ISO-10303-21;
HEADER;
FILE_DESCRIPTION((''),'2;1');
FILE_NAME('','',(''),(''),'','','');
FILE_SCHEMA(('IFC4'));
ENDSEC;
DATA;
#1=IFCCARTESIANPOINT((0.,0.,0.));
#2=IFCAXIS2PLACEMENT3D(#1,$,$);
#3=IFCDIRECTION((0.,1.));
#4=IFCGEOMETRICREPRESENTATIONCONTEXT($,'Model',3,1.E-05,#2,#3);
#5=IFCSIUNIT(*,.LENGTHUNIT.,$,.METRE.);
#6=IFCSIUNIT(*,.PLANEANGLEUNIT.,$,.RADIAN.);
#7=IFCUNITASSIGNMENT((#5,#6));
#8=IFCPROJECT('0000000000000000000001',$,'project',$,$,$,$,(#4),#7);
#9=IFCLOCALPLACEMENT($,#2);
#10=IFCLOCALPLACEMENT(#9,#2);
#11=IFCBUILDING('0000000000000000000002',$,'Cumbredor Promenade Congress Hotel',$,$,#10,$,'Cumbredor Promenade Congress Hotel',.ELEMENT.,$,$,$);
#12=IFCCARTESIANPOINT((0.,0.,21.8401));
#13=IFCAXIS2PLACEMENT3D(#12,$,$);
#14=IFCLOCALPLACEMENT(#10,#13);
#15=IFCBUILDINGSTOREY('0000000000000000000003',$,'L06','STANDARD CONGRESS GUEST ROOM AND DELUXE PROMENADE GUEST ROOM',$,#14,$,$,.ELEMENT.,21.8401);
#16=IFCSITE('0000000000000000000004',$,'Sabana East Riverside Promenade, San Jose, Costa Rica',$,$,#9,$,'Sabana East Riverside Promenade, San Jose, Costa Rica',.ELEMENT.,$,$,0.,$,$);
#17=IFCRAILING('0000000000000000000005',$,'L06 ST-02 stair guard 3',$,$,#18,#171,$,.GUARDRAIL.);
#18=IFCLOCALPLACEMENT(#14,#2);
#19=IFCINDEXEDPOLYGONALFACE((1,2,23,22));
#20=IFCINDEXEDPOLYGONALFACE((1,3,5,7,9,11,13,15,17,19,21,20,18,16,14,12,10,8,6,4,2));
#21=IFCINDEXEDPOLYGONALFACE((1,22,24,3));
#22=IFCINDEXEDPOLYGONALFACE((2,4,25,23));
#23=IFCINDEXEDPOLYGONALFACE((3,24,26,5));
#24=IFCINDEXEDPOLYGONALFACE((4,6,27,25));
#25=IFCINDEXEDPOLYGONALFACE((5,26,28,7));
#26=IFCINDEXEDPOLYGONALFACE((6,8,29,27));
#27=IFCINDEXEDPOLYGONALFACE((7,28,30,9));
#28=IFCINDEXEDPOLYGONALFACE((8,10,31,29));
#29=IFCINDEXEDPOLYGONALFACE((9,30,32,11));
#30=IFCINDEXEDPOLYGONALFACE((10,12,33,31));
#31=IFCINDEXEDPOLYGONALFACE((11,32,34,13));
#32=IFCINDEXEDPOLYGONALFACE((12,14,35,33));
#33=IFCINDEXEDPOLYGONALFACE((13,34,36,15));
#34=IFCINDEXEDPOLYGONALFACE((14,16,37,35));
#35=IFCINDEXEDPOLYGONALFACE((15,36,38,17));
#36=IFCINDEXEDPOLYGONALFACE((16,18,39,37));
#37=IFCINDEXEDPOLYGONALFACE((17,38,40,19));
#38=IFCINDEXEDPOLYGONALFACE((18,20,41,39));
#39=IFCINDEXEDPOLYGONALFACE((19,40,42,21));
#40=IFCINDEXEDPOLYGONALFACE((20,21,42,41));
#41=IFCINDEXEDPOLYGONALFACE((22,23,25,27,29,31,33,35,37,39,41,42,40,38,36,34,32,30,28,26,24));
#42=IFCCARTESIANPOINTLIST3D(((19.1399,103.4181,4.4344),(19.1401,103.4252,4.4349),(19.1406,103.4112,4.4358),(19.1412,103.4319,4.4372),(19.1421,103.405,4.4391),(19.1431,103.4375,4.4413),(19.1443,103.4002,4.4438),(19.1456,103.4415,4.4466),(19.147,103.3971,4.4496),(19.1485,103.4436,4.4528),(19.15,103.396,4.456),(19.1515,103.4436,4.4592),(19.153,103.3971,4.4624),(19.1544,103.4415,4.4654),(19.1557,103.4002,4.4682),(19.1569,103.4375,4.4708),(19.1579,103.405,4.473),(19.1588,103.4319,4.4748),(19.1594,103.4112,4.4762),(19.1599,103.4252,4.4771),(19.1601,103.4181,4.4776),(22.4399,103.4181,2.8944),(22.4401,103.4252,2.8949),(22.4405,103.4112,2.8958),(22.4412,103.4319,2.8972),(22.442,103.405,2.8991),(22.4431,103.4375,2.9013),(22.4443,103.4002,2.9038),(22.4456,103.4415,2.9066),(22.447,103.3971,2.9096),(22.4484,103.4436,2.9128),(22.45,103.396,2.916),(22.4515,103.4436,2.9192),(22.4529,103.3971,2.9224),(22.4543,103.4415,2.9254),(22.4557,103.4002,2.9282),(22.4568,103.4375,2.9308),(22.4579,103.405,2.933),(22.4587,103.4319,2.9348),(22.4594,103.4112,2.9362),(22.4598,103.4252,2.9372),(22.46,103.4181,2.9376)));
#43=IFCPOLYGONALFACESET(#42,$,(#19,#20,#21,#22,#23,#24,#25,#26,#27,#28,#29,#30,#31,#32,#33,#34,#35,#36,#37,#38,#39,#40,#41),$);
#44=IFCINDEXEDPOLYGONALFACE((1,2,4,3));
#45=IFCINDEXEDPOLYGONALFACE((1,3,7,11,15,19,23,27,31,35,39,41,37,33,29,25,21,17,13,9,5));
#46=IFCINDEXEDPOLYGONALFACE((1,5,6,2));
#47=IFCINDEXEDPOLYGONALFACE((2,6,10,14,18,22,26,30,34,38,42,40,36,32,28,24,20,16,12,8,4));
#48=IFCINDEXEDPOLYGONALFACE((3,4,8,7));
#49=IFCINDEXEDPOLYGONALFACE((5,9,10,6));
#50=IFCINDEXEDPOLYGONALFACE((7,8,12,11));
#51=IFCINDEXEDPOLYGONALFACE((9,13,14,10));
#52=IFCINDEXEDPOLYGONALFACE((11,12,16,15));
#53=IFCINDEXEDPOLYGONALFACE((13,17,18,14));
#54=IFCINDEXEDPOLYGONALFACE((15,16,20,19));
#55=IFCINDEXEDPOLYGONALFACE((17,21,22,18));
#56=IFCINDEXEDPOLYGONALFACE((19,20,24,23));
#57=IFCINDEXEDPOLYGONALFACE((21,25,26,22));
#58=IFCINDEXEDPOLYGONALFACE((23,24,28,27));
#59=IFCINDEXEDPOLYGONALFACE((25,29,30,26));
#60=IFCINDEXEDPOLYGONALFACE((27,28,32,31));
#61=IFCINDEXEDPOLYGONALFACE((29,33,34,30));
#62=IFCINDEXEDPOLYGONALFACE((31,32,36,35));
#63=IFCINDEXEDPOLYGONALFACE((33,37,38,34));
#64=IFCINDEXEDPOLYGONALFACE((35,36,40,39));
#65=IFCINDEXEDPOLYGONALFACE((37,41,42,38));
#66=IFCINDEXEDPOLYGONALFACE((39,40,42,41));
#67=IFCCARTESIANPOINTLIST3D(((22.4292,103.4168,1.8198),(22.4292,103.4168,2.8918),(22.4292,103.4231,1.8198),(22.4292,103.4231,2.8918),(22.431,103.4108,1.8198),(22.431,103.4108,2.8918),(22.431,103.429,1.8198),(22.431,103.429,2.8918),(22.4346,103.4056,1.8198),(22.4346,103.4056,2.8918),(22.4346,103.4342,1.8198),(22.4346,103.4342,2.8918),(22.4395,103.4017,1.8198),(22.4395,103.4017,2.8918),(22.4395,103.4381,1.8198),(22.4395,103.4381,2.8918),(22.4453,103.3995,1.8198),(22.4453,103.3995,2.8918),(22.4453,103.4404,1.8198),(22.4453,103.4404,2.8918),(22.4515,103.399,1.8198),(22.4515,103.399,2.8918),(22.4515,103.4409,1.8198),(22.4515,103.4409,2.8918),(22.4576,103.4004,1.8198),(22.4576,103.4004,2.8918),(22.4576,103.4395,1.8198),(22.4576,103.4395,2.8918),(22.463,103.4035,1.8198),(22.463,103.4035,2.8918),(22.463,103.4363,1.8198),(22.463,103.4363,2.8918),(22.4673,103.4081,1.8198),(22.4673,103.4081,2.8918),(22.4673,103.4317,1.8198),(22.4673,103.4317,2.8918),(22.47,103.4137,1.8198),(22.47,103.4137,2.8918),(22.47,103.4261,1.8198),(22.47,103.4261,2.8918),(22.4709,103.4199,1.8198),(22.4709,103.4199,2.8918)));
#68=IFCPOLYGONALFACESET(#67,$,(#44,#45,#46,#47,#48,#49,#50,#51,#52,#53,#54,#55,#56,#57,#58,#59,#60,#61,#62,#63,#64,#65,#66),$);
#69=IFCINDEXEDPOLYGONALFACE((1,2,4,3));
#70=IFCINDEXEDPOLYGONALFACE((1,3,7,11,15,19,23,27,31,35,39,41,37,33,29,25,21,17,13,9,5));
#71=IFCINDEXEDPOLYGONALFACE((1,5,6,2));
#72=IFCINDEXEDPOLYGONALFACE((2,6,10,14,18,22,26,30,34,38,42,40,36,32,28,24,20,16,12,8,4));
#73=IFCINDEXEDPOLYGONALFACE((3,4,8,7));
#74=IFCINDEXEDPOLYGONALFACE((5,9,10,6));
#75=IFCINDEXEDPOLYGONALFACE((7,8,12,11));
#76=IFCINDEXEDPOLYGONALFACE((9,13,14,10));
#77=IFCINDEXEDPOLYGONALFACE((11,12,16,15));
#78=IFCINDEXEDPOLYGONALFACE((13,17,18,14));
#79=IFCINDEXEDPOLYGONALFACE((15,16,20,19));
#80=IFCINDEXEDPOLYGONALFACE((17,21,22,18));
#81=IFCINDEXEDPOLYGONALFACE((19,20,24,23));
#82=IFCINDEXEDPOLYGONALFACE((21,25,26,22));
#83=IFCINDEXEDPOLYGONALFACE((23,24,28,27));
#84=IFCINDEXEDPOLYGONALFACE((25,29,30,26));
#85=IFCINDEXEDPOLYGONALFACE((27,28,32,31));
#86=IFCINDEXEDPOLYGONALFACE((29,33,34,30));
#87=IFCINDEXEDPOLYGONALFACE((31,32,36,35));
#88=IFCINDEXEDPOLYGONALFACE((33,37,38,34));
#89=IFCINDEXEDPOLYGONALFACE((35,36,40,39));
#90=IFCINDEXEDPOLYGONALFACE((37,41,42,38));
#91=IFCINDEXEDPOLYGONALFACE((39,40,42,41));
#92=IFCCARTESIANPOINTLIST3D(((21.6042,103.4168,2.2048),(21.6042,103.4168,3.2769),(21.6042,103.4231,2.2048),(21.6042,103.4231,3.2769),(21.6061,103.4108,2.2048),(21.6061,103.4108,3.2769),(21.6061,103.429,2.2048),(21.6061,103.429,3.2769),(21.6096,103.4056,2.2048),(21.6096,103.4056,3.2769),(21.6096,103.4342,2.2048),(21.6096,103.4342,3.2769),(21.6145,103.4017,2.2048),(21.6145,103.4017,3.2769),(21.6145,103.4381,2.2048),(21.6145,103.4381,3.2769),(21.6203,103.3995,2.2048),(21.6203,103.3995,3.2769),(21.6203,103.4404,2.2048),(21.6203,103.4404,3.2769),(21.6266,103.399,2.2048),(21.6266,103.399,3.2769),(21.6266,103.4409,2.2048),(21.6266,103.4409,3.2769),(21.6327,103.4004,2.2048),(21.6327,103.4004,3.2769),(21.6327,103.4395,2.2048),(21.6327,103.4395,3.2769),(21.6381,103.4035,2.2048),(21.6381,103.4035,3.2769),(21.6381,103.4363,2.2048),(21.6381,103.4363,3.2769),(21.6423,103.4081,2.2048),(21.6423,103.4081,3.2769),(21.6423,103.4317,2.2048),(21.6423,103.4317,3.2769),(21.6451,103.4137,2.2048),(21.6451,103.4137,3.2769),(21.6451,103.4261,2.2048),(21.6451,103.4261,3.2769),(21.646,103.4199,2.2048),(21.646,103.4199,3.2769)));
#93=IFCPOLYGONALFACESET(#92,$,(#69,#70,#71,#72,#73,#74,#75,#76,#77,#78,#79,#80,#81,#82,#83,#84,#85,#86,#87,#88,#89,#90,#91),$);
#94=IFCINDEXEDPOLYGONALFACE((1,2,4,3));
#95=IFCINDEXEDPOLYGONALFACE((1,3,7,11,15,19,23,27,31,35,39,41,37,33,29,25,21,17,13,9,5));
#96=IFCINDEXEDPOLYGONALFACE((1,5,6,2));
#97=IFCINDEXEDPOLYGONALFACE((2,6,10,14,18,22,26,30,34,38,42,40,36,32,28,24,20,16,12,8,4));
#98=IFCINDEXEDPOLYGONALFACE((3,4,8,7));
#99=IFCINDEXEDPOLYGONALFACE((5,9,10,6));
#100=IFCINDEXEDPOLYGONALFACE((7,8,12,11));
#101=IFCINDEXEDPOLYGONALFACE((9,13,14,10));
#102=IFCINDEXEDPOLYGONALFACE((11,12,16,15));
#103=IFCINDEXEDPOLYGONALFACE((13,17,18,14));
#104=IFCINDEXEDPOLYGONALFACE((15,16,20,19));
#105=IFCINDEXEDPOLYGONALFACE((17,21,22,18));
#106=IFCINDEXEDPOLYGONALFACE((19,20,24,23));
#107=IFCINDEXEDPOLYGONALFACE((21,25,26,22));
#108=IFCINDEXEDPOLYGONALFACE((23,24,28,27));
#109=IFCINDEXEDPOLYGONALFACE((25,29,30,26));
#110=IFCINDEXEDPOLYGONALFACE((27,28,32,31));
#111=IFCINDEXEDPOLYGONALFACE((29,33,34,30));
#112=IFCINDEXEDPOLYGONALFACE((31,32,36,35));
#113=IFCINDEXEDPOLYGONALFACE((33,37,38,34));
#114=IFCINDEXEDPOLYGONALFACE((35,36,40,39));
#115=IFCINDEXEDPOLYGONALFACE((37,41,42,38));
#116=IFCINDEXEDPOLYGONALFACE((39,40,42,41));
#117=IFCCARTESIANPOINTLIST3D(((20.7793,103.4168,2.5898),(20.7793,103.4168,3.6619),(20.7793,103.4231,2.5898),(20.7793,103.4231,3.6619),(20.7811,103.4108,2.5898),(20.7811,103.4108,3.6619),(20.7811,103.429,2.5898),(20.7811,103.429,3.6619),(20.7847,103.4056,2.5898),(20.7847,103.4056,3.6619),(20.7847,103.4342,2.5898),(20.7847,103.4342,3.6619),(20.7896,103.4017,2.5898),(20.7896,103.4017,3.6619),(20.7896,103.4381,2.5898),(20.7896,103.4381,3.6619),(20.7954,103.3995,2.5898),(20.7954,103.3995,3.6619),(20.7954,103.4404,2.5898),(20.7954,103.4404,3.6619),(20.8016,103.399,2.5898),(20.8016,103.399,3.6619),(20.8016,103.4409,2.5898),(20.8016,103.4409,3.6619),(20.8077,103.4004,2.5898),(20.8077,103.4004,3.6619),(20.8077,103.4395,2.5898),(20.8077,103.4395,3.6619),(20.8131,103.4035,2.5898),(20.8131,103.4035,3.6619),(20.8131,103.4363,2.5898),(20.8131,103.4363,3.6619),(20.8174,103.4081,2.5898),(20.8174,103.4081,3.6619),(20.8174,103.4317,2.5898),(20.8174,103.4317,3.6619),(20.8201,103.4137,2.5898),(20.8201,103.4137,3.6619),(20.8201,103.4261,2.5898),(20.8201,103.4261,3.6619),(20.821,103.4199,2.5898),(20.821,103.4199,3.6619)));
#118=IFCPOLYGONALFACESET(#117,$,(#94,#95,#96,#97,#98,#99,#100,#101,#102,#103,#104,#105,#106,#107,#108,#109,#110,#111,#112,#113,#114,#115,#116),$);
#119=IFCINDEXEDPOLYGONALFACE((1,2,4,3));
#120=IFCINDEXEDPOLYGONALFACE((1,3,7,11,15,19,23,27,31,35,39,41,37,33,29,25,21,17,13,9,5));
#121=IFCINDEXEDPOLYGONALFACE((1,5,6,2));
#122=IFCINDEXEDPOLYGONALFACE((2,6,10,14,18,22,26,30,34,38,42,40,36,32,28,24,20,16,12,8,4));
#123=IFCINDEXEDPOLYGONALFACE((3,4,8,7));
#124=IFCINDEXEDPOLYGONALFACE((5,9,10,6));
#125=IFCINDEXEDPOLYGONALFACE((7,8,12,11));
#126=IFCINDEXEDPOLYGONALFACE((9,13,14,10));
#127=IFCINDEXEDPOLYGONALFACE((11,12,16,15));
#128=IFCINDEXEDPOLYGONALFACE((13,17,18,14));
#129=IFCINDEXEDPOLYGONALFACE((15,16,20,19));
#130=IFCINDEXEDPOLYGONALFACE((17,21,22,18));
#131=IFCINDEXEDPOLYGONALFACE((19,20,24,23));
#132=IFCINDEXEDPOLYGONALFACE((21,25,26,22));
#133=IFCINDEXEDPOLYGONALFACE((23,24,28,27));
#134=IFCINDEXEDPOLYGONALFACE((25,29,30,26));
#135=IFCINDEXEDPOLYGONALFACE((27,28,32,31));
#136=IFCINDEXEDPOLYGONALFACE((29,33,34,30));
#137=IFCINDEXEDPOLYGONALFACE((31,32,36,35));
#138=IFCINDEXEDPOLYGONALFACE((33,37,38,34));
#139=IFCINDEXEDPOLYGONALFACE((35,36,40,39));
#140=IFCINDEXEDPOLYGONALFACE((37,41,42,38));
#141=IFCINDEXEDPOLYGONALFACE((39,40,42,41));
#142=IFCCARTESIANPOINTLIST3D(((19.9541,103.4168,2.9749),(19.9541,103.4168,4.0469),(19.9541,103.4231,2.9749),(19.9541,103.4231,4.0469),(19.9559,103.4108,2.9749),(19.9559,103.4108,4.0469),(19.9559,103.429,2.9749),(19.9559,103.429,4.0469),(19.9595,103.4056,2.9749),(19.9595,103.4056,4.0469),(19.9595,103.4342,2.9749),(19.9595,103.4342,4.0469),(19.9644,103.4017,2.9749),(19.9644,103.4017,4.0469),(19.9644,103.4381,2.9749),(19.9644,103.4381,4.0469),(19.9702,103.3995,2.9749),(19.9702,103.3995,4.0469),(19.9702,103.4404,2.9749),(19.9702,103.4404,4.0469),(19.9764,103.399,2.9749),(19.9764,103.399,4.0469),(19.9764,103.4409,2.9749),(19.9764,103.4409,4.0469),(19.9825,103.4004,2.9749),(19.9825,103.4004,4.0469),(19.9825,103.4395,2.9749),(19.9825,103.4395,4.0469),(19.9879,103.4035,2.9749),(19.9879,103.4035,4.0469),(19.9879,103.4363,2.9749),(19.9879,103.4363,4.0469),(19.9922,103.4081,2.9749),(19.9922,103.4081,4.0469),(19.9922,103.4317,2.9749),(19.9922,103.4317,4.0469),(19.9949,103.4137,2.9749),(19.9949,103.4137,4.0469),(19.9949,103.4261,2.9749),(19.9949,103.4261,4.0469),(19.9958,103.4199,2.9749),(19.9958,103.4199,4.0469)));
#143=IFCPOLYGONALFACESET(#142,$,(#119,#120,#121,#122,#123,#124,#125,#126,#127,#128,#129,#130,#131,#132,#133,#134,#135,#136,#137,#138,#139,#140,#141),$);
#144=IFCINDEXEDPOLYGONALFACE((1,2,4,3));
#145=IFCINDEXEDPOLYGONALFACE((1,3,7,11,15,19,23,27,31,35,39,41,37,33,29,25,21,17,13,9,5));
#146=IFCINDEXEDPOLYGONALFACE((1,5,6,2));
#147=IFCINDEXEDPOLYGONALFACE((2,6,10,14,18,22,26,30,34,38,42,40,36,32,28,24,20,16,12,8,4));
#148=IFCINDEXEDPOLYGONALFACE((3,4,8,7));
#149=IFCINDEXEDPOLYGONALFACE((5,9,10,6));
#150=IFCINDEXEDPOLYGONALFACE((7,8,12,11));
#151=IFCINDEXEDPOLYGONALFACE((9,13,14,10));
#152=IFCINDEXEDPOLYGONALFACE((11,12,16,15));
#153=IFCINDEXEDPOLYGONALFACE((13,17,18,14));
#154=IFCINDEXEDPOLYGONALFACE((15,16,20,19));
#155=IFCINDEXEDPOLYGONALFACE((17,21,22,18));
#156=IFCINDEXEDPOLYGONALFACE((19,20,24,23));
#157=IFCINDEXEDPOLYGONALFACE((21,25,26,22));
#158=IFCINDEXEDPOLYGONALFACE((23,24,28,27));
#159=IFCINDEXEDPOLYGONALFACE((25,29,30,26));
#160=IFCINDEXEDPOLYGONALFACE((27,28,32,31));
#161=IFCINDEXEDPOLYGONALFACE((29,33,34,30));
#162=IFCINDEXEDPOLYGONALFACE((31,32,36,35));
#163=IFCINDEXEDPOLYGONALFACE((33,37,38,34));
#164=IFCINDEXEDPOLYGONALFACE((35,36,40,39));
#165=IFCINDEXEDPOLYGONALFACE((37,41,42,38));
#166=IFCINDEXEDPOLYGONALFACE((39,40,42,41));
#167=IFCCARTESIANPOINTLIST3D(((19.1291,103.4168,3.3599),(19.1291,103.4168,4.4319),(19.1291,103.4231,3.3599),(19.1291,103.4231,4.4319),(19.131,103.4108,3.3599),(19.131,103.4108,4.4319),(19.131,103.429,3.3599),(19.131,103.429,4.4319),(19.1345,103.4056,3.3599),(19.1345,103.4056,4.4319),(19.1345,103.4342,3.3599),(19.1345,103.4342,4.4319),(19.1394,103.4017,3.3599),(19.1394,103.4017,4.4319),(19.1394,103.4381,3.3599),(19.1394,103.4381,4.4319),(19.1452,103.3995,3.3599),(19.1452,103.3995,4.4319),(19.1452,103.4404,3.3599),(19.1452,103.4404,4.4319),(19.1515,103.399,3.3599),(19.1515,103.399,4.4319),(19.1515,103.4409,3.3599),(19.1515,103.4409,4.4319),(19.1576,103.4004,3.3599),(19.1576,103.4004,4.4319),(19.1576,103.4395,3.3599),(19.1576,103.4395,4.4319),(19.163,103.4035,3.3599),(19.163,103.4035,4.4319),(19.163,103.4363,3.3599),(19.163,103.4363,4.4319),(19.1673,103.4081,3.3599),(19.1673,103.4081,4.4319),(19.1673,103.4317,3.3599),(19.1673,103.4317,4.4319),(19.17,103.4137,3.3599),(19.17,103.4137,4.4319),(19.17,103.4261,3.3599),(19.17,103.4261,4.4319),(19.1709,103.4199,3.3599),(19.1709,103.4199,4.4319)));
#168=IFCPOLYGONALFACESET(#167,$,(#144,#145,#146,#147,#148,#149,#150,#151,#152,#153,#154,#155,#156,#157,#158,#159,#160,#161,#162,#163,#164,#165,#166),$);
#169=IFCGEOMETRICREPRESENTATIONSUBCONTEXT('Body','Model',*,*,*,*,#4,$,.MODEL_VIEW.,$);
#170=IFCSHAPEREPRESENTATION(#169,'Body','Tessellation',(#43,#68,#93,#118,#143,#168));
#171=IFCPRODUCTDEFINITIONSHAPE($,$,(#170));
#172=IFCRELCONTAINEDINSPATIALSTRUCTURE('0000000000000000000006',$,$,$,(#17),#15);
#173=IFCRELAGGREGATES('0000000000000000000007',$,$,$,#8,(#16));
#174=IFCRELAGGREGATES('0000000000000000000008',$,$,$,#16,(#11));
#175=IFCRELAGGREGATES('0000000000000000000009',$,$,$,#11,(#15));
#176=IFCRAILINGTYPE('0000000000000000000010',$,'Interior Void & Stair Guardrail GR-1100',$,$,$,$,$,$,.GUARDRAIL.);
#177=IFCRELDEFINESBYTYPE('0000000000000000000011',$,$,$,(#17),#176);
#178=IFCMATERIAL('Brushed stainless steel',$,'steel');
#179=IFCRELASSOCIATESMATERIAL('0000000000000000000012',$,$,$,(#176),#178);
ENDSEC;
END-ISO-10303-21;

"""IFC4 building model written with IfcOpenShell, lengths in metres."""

from ifc_helpers import new_model, si_unit, direction, frame, origin, origin_2d, place, context, subcontext, project, spatial, circle, extrude, material, type_object, element, save


model = new_model("IFC4")

# Units and contexts
model_context = context("Model", 3, precision=1e-05, world=origin(), true_north=direction((0.0, 1.0)))
body_context = subcontext(model_context, "Body", "Model", "MODEL_VIEW")
ifc_project = project(units=[si_unit("LENGTHUNIT", "METRE"), si_unit("PLANEANGLEUNIT", "RADIAN")], contexts=[model_context])

# Site, building, storey
site_placement = place(None, origin())
site = spatial("IfcSite", under=ifc_project, at=site_placement, Name="Sabana East Riverside Promenade, San Jose, Costa Rica", LongName="Sabana East Riverside Promenade, San Jose, Costa Rica", CompositionType="ELEMENT", RefElevation=0.0)
building_placement = place(site_placement, origin())
building = spatial("IfcBuilding", under=site, at=building_placement, Name="Cumbredor Promenade Congress Hotel", LongName="Cumbredor Promenade Congress Hotel", CompositionType="ELEMENT")
storey_placement = place(building_placement, frame((0.0, 0.0, 21.8401)))
storey = spatial("IfcBuildingStorey", under=building, at=storey_placement, Name="L06", Description="STANDARD CONGRESS GUEST ROOM AND DELUXE PROMENADE GUEST ROOM", CompositionType="ELEMENT", Elevation=21.8401)

# Railing
ifc_material_1 = material(Name="Brushed stainless steel", Category="steel")
railing_type_1 = type_object("IfcRailingType", Name="Interior Void & Stair Guardrail GR-1100", PredefinedType="GUARDRAIL", material=ifc_material_1)
railing_1_placement = place(storey_placement, frame((22.45, 103.4199, 1.8198)))
element("IfcRailing", 1, at=railing_1_placement, inside=storey, type_object=railing_type_1, Name="L06 ST-02 stair guard 3", PredefinedType="GUARDRAIL", context=body_context, shape_type="SweptSolid", body=[
    extrude(circle(Radius=0.0239, at=origin_2d()), frame((0.0, 0.0, 1.0962), z_axis=(-0.906181, 0.0, 0.422889), x_axis=(0.0, -1.0, 0.0)), (0.0, 0.0, 1.0), 3.6416),
    extrude(circle(Radius=0.021, at=origin_2d()), origin(), (0.0, 0.0, 1.0), 1.072),
    extrude(circle(Radius=0.021, at=origin_2d()), frame((-0.825, 0.0, 0.385)), (0.0, 0.0, 1.0), 1.072),
    extrude(circle(Radius=0.021, at=origin_2d()), frame((-1.6499, 0.0, 0.77)), (0.0, 0.0, 1.0), 1.072),
    extrude(circle(Radius=0.021, at=origin_2d()), frame((-2.4751, 0.0, 1.155)), (0.0, 0.0, 1.0), 1.072),
    extrude(circle(Radius=0.021, at=origin_2d()), frame((-3.3, 0.0, 1.54)), (0.0, 0.0, 1.0), 1.072),
])

save(model, "model.ifc")
